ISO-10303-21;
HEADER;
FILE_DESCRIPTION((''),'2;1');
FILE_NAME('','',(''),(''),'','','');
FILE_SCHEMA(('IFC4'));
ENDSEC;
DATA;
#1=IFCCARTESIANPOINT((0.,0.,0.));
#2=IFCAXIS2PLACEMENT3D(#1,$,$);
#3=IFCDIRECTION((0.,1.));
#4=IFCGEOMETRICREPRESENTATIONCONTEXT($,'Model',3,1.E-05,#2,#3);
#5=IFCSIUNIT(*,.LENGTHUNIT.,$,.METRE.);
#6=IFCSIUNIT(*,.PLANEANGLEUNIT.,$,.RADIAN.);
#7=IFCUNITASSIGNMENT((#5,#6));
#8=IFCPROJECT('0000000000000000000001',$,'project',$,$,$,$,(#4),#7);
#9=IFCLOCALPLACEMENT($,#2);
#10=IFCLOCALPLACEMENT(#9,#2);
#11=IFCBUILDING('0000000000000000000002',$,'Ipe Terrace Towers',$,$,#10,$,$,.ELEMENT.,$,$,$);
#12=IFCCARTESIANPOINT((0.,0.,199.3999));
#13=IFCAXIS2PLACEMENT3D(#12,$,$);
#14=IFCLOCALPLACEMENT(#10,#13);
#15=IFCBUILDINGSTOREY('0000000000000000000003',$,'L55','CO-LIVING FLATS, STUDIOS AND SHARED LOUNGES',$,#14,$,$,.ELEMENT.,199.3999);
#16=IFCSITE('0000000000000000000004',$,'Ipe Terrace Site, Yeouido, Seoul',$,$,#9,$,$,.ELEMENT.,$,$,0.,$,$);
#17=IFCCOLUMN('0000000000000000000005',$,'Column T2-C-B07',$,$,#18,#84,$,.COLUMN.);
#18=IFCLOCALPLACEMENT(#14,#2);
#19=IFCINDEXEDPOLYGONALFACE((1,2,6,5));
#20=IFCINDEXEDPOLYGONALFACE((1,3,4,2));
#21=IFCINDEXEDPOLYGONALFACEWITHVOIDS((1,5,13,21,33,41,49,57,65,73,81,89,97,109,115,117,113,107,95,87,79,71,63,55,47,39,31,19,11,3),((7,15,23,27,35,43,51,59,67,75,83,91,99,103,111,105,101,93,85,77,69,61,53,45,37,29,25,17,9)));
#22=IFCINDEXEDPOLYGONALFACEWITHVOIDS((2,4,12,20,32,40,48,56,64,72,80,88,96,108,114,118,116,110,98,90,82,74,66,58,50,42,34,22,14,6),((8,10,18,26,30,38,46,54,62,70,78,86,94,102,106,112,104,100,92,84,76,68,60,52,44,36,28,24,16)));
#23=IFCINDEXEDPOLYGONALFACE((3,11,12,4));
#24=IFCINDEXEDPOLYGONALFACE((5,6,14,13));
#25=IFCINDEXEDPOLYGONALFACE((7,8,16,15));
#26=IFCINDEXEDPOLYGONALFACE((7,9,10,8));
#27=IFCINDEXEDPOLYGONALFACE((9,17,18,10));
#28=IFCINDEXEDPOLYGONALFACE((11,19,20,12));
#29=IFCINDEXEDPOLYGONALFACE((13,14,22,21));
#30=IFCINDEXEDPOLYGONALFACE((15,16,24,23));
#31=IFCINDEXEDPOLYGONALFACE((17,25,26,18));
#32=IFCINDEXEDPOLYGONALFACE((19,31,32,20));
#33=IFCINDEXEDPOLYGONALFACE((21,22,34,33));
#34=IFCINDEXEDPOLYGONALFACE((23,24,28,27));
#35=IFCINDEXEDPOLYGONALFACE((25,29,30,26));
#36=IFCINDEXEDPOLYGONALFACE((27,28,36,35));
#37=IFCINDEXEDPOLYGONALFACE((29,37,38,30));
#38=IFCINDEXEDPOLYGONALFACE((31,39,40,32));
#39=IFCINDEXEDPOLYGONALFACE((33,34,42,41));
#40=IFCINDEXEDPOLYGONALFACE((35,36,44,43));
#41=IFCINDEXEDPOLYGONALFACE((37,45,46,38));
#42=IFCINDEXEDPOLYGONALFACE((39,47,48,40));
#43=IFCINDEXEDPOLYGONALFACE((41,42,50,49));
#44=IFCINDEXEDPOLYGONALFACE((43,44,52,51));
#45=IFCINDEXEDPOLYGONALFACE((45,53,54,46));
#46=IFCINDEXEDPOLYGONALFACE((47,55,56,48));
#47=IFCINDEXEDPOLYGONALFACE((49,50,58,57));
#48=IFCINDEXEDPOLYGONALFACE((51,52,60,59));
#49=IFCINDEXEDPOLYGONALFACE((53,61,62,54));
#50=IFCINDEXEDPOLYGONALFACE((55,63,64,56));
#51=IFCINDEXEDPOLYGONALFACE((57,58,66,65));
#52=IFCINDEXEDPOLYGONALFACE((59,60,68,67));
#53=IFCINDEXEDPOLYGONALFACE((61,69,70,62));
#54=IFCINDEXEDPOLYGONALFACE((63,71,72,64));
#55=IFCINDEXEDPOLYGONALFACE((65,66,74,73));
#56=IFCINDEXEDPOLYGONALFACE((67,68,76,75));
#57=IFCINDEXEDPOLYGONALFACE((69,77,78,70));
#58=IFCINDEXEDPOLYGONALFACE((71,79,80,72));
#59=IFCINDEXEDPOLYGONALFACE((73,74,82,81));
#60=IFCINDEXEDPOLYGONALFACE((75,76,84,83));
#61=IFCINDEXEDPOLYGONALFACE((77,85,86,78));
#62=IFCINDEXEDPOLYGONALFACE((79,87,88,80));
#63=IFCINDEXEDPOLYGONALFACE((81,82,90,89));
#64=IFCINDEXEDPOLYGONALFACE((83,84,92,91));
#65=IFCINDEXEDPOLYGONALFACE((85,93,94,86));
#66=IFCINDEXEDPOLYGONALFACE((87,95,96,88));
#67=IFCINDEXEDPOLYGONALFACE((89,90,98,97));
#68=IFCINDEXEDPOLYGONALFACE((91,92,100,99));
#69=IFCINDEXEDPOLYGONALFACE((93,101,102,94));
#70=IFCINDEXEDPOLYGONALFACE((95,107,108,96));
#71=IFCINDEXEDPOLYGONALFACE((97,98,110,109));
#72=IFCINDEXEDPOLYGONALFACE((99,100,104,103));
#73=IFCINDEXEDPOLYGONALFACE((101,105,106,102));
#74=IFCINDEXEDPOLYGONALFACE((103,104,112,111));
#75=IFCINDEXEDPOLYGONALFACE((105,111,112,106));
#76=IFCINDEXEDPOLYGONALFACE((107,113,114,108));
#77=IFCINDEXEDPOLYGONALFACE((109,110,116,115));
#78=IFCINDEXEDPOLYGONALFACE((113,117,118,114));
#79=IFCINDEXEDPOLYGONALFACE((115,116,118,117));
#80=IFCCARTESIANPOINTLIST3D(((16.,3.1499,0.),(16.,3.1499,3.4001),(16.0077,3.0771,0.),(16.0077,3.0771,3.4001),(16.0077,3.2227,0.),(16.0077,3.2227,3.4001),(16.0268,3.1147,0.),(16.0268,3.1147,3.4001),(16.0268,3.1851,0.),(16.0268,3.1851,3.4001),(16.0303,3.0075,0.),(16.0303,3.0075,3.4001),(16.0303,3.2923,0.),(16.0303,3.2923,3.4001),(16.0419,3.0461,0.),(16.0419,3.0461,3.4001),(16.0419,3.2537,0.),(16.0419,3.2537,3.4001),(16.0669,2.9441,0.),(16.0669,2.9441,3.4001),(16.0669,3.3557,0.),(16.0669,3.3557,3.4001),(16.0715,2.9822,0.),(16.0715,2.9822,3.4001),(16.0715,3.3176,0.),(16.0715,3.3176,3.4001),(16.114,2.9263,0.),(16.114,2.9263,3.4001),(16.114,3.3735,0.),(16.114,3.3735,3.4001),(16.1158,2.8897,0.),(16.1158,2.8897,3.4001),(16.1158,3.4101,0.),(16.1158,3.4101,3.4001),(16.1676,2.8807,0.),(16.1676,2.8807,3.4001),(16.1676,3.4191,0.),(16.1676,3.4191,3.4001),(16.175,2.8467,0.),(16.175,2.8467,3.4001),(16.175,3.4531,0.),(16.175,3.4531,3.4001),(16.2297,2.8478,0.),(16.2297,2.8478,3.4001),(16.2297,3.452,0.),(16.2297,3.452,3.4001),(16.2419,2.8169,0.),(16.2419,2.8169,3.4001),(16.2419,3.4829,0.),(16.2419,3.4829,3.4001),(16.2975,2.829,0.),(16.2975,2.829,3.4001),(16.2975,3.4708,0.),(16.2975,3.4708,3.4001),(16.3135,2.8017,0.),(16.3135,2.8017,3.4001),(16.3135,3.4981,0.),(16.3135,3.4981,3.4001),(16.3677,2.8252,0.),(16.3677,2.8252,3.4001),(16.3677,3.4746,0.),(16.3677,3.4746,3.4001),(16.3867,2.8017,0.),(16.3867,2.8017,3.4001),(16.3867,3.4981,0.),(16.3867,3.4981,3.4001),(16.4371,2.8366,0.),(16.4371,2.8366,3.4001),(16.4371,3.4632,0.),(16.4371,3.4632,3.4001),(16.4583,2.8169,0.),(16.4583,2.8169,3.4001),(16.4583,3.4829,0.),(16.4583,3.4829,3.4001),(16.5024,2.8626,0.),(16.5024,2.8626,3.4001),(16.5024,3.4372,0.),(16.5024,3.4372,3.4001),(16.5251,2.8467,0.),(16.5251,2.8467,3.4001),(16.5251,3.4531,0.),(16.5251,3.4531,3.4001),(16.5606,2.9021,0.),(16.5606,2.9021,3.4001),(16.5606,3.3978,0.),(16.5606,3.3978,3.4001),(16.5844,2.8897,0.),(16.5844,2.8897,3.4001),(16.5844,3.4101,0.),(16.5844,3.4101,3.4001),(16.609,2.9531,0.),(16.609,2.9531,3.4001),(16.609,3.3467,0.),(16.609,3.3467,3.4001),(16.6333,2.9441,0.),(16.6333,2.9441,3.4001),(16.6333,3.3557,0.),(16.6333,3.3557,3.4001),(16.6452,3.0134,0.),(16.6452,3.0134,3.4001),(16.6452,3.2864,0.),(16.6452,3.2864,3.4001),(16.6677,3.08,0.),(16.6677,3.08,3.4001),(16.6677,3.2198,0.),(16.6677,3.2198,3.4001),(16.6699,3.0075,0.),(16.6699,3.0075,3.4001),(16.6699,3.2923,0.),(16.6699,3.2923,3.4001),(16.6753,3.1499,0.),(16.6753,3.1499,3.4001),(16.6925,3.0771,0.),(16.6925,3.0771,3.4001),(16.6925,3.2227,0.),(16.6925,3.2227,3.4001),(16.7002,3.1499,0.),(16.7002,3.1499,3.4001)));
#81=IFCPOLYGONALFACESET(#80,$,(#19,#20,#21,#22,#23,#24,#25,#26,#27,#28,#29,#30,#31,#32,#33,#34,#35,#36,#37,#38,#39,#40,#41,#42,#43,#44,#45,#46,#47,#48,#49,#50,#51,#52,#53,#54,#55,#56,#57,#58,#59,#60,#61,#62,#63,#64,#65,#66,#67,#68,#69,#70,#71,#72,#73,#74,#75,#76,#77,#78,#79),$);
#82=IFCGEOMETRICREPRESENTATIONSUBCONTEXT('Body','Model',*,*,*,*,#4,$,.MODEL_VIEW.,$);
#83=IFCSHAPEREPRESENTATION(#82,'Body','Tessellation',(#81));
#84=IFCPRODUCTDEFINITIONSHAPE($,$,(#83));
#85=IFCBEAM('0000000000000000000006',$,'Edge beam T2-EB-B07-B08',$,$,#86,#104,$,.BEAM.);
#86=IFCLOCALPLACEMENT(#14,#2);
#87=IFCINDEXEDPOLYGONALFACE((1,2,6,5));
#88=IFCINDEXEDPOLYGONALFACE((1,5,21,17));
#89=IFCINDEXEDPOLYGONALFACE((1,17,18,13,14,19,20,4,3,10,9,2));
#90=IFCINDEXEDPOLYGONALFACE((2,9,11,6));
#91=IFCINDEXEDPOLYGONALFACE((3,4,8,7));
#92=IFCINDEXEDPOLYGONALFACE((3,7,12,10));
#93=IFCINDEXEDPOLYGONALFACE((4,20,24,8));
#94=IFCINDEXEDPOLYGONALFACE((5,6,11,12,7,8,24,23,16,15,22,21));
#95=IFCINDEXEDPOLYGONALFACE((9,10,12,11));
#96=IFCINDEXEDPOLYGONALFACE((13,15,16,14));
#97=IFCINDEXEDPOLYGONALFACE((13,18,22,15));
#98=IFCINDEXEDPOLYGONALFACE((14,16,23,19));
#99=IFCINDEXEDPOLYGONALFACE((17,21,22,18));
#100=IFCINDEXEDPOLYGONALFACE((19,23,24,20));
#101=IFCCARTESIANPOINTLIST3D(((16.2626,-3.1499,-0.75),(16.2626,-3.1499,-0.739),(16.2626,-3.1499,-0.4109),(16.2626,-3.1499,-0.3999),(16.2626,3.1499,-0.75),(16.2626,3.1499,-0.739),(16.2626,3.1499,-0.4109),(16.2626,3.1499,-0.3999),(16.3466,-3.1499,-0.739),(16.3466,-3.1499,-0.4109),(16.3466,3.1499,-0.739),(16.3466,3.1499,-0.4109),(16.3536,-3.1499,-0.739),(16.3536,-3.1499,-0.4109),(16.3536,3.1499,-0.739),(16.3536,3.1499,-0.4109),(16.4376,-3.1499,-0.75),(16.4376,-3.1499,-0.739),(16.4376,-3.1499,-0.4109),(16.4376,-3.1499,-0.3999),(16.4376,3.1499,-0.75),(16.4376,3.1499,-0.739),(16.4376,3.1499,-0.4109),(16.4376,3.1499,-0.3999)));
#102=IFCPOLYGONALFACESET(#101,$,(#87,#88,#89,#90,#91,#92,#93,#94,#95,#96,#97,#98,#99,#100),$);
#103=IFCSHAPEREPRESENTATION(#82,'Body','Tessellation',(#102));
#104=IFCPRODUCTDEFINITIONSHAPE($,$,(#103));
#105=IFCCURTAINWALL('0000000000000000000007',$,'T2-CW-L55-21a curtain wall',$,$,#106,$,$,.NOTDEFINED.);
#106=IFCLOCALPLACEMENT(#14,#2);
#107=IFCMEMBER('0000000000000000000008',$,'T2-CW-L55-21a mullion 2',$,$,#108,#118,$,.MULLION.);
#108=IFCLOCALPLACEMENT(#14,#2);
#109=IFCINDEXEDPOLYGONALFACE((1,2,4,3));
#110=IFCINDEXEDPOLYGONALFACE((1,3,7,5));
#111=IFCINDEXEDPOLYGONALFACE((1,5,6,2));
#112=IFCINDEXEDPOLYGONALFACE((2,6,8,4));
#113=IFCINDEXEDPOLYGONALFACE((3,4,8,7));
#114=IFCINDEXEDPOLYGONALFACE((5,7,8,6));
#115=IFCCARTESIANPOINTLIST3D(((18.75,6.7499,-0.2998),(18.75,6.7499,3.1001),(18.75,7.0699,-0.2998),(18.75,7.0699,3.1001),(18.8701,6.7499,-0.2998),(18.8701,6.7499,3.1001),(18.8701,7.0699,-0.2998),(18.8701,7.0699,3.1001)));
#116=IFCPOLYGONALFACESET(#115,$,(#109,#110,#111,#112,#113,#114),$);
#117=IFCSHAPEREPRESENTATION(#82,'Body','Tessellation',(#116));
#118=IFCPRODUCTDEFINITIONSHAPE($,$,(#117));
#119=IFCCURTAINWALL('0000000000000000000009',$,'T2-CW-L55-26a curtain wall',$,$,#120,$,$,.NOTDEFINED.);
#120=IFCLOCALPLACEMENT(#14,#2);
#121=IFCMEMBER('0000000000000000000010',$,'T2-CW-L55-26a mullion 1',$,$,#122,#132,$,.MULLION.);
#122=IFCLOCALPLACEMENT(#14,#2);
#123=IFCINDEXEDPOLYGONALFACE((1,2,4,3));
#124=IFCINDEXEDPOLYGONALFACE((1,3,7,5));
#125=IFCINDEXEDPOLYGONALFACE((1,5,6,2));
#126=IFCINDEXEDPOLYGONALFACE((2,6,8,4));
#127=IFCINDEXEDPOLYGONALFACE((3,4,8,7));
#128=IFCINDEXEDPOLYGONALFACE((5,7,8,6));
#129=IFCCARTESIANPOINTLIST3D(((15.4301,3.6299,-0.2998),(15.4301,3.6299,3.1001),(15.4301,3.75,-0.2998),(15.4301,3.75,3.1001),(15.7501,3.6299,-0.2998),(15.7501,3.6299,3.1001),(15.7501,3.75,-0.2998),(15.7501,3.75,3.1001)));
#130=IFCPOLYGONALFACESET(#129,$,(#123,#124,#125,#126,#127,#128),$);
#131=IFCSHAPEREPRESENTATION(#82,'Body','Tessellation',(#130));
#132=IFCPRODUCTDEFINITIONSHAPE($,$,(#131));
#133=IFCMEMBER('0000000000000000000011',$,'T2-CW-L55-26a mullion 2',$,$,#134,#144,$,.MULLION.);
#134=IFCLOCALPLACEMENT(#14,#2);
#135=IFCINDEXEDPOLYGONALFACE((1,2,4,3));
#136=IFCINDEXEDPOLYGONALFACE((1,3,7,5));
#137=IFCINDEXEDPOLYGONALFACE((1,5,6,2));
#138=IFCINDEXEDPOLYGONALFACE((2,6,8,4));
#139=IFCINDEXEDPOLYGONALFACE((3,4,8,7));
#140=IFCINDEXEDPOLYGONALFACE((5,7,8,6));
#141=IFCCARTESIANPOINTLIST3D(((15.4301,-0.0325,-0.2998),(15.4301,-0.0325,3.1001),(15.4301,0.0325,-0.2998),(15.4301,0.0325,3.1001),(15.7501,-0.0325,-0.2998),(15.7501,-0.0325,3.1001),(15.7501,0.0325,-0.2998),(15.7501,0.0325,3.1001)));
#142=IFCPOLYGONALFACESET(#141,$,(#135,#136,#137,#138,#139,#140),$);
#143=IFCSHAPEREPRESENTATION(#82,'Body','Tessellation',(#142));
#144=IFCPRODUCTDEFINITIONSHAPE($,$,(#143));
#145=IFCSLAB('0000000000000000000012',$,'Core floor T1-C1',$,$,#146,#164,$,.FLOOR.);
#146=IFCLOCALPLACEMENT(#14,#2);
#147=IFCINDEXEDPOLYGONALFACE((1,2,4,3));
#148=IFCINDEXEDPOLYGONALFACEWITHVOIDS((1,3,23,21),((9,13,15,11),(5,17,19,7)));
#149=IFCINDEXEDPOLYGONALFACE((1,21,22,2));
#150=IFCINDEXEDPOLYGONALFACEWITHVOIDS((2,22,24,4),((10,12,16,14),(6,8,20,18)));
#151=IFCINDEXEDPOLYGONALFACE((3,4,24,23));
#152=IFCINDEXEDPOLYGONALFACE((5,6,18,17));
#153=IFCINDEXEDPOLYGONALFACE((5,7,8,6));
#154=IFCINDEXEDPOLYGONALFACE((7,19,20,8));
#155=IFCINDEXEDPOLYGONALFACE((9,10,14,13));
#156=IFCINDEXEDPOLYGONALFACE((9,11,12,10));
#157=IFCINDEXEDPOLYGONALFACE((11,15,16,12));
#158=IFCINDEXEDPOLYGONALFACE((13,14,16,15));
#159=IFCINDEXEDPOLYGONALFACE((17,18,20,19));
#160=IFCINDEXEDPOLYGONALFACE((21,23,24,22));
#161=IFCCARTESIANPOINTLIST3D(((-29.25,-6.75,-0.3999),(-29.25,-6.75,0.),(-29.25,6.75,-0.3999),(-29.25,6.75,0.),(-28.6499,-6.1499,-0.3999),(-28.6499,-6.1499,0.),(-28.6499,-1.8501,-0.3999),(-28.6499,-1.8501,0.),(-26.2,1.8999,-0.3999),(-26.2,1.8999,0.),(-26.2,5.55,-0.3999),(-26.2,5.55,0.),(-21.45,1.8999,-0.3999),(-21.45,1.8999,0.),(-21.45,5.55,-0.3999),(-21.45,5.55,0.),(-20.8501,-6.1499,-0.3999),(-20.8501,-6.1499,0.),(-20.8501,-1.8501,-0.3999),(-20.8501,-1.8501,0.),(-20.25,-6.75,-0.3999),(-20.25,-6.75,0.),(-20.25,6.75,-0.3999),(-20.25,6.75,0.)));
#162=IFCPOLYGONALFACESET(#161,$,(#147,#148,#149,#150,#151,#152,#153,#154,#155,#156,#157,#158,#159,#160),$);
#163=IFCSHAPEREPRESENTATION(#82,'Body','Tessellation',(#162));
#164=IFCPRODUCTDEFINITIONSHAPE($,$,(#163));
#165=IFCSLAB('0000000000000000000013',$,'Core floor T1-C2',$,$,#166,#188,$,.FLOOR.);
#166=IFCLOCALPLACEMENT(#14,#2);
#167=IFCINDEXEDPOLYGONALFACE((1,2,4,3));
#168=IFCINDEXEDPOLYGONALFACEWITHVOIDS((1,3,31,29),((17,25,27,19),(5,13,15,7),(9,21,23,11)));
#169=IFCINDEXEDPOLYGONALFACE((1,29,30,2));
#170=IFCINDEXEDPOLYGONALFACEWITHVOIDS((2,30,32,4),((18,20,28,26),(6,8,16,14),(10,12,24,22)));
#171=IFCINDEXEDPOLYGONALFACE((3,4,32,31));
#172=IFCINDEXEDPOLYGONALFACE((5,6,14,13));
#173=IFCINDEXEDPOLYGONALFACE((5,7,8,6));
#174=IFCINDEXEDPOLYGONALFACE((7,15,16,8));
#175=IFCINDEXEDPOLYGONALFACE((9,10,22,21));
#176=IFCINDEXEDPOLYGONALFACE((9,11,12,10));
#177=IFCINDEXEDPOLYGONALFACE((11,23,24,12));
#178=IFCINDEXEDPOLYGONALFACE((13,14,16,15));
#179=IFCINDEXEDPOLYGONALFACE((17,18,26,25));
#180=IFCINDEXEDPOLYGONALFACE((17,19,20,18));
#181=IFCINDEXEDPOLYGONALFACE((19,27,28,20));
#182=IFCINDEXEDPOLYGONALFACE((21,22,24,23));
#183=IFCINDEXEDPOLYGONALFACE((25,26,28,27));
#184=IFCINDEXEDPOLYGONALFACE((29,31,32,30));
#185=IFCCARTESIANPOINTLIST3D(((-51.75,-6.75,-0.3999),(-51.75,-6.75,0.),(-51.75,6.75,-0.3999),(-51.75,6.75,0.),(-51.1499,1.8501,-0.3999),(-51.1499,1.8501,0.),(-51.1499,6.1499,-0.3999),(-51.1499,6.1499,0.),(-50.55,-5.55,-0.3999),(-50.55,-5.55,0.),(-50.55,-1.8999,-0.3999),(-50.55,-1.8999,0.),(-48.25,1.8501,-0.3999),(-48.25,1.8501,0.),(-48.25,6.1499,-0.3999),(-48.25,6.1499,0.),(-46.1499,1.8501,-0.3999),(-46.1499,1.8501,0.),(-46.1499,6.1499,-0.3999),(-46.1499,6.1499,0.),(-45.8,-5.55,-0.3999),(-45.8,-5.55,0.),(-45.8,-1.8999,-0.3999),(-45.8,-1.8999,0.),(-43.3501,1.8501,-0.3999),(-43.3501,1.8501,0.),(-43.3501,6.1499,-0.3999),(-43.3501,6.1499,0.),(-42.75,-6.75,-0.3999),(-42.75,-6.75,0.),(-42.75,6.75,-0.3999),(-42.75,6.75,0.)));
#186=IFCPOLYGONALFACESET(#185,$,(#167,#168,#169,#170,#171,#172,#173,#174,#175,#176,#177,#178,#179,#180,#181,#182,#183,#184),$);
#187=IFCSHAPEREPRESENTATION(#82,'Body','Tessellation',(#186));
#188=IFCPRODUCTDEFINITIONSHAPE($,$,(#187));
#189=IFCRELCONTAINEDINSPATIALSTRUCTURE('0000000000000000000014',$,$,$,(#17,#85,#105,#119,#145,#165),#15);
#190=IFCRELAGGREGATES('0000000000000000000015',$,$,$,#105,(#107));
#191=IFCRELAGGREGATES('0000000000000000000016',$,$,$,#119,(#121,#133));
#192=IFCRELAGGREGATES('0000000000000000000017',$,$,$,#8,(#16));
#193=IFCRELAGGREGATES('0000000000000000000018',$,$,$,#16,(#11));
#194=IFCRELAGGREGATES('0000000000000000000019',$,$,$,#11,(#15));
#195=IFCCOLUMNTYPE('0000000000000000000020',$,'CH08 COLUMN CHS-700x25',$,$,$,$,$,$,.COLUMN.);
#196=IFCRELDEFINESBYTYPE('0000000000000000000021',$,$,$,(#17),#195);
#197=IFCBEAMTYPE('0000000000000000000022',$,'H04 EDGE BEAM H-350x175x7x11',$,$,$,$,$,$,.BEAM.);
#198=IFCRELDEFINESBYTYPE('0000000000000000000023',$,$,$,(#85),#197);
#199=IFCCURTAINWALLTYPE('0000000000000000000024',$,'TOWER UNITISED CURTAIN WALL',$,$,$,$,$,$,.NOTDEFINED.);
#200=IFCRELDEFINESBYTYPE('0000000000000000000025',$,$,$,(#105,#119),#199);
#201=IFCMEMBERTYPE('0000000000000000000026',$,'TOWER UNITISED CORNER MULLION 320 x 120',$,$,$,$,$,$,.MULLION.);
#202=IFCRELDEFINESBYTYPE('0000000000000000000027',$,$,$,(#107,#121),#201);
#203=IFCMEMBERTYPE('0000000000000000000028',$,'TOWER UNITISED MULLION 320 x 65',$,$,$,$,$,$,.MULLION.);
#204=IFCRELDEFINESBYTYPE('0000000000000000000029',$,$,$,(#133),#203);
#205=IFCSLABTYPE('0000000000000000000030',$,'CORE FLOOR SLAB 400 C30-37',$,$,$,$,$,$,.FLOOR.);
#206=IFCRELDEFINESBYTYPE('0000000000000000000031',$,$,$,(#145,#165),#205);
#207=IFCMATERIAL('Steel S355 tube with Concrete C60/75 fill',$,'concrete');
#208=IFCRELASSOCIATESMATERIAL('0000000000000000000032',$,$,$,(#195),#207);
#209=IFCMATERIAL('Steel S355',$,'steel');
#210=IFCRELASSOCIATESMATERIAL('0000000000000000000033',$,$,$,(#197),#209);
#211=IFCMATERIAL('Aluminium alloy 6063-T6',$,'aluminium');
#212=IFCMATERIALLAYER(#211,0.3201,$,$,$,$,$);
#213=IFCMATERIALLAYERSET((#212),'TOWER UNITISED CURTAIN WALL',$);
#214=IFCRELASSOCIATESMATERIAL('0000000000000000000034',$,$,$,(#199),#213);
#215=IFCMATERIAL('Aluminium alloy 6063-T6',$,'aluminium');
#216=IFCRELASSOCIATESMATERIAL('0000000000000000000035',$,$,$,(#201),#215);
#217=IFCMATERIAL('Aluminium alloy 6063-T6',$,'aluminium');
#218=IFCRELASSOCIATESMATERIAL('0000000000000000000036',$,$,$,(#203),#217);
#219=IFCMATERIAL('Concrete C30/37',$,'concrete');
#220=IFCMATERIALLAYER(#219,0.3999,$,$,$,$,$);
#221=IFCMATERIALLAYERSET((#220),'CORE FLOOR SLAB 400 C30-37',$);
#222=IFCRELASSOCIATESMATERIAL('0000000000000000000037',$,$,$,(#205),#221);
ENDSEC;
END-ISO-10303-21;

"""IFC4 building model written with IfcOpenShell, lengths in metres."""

from ifc_helpers import new_model, si_unit, direction, frame, origin, origin_2d, place, context, subcontext, project, spatial, polyline, rectangle, hollow_circle, i_section, outline, extrude, material, layer, layer_set, material_profile, profile_set, type_object, element, aggregate, save


model = new_model("IFC4")

# Units and contexts
model_context = context("Model", 3, precision=1e-05, world=origin(), true_north=direction((0.0, 1.0)))
body_context = subcontext(model_context, "Body", "Model", "MODEL_VIEW")
ifc_project = project(units=[si_unit("LENGTHUNIT", "METRE"), si_unit("PLANEANGLEUNIT", "RADIAN")], contexts=[model_context])

# Site, building, storey
site_placement = place(None, origin())
site = spatial("IfcSite", under=ifc_project, at=site_placement, Name="Ipe Terrace Site, Yeouido, Seoul", CompositionType="ELEMENT", RefElevation=0.0)
building_placement = place(site_placement, origin())
building = spatial("IfcBuilding", under=site, at=building_placement, Name="Ipe Terrace Towers", CompositionType="ELEMENT")
storey_placement = place(building_placement, frame((0.0, 0.0, 199.3999)))
storey = spatial("IfcBuildingStorey", under=building, at=storey_placement, Name="L55", Description="CO-LIVING FLATS, STUDIOS AND SHARED LOUNGES", CompositionType="ELEMENT", Elevation=199.3999)

# Column
ifc_material_1 = material(Name="Steel S355 tube with Concrete C60/75 fill", Category="concrete")
ifc_material_profile_1 = material_profile(ifc_material_1, hollow_circle(Radius=0.3501, WallThickness=0.0249, at=origin_2d()), Name="CHS-700x25")
ifc_profile_set_1 = profile_set([ifc_material_profile_1], Name="Steel S355 tube with Concrete C60/75 fill")
column_type = type_object("IfcColumnType", Name="CH08 COLUMN CHS-700x25", PredefinedType="COLUMN", material=ifc_profile_set_1)
for number, where, z_axis, x_axis, name in (
    (1, (16.3501, 3.1499, 0.0), (0.0, 0.0, 1.0), (1.0, 0.0, 0.0), "Column T2-C-B07"),
):
    element("IfcColumn", number, at=place(storey_placement, frame(where, z_axis=z_axis, x_axis=x_axis)), inside=storey, type_object=column_type, Name=name, PredefinedType="COLUMN", context=body_context, shape_type="SweptSolid", body=[
        extrude(hollow_circle(Radius=0.3501, WallThickness=0.0249, at=origin_2d()), origin(), (0.0, 0.0, 1.0), 3.4001),
    ])

# Beam
ifc_material_2 = material(Name="Steel S355", Category="steel")
ifc_material_profile_2 = material_profile(ifc_material_2, i_section(OverallWidth=0.175, OverallDepth=0.3501, WebThickness=0.0071, FlangeThickness=0.011, at=origin_2d()), Name="H-350x175x7x11")
ifc_profile_set_2 = profile_set([ifc_material_profile_2], Name="Steel S355")
beam_type = type_object("IfcBeamType", Name="H04 EDGE BEAM H-350x175x7x11", PredefinedType="BEAM", material=ifc_profile_set_2)
beam_placement = place(storey_placement, frame((16.3501, 3.1499, -0.575), z_axis=(0.0, -1.0, 0.0), x_axis=(1.0, 0.0, 0.0)))
element("IfcBeam", 2, at=beam_placement, inside=storey, type_object=beam_type, Name="Edge beam T2-EB-B07-B08", PredefinedType="BEAM", context=body_context, shape_type="SweptSolid", body=[
    extrude(i_section(OverallWidth=0.175, OverallDepth=0.3501, WebThickness=0.0071, FlangeThickness=0.011, at=origin_2d()), origin(), (0.0, 0.0, 1.0), 6.2998),
])

# Curtain wall, member
ifc_material_3 = material(Name="Aluminium alloy 6063-T6", Category="aluminium")
ifc_layer_1 = layer(ifc_material_3, 0.3201)
ifc_layer_set_1 = layer_set([ifc_layer_1], Name="TOWER UNITISED CURTAIN WALL")
curtain_wall_type = type_object("IfcCurtainWallType", Name="TOWER UNITISED CURTAIN WALL", PredefinedType="NOTDEFINED", material=ifc_layer_set_1)
curtain_wall_1_placement = place(storey_placement, origin())
curtain_wall_1 = element("IfcCurtainWall", 3, at=curtain_wall_1_placement, inside=storey, type_object=curtain_wall_type, Name="T2-CW-L55-21a curtain wall", PredefinedType="NOTDEFINED")
ifc_material_4 = material(Name="Aluminium alloy 6063-T6", Category="aluminium")
ifc_material_profile_3 = material_profile(ifc_material_4, rectangle(XDim=0.3201, YDim=0.1201, at=origin_2d()), Name="TOWER UNITISED CORNER MULLION 320 x 120")
ifc_profile_set_3 = profile_set([ifc_material_profile_3], Name="Aluminium alloy 6063-T6")
member_type_1 = type_object("IfcMemberType", Name="TOWER UNITISED CORNER MULLION 320 x 120", PredefinedType="MULLION", material=ifc_profile_set_3)
member_1_placement = place(storey_placement, frame((18.8101, 6.9099, -0.2998), z_axis=(0.0, 0.0, 1.0), x_axis=(0.0, 1.0, 0.0)))
member_1 = element("IfcMember", 4, at=member_1_placement, type_object=member_type_1, Name="T2-CW-L55-21a mullion 2", PredefinedType="MULLION", context=body_context, shape_type="SweptSolid", body=[
    extrude(rectangle(XDim=0.3201, YDim=0.1201, at=origin_2d()), origin(), (0.0, 0.0, 1.0), 3.3999),
])
aggregate(curtain_wall_1, [member_1])

# Curtain wall, members
curtain_wall_2_placement = place(storey_placement, origin())
curtain_wall_2 = element("IfcCurtainWall", 5, at=curtain_wall_2_placement, inside=storey, type_object=curtain_wall_type, Name="T2-CW-L55-26a curtain wall", PredefinedType="NOTDEFINED")
member_2_placement = place(storey_placement, frame((15.5901, 3.6899, -0.2998), z_axis=(0.0, 0.0, 1.0), x_axis=(-1.0, 0.0, 0.0)))
member_2 = element("IfcMember", 6, at=member_2_placement, type_object=member_type_1, Name="T2-CW-L55-26a mullion 1", PredefinedType="MULLION", context=body_context, shape_type="SweptSolid", body=[
    extrude(rectangle(XDim=0.3201, YDim=0.1201, at=origin_2d()), origin(), (0.0, 0.0, 1.0), 3.3999),
])
ifc_material_5 = material(Name="Aluminium alloy 6063-T6", Category="aluminium")
ifc_material_profile_4 = material_profile(ifc_material_5, rectangle(XDim=0.3201, YDim=0.0649, at=origin_2d()), Name="TOWER UNITISED MULLION 320 x 65")
ifc_profile_set_4 = profile_set([ifc_material_profile_4], Name="Aluminium alloy 6063-T6")
member_type_2 = type_object("IfcMemberType", Name="TOWER UNITISED MULLION 320 x 65", PredefinedType="MULLION", material=ifc_profile_set_4)
member_3_placement = place(storey_placement, frame((15.5901, 0.0, -0.2998), z_axis=(0.0, 0.0, 1.0), x_axis=(-1.0, 0.0, 0.0)))
member_3 = element("IfcMember", 7, at=member_3_placement, type_object=member_type_2, Name="T2-CW-L55-26a mullion 2", PredefinedType="MULLION", context=body_context, shape_type="SweptSolid", body=[
    extrude(rectangle(XDim=0.3201, YDim=0.0649, at=origin_2d()), origin(), (0.0, 0.0, 1.0), 3.3999),
])

# Slabs
ifc_material_6 = material(Name="Concrete C30/37", Category="concrete")
ifc_layer_2 = layer(ifc_material_6, 0.3999)
ifc_layer_set_2 = layer_set([ifc_layer_2], Name="CORE FLOOR SLAB 400 C30-37")
slab_type_1 = type_object("IfcSlabType", Name="CORE FLOOR SLAB 400 C30-37", PredefinedType="FLOOR", material=ifc_layer_set_2)
slab_1_placement = place(storey_placement, frame((0.0, 0.0, -0.3999)))
element("IfcSlab", 8, at=slab_1_placement, inside=storey, type_object=slab_type_1, Name="Core floor T1-C1", PredefinedType="FLOOR", context=body_context, shape_type="SweptSolid", body=[
    extrude(outline(polyline([(-29.25, -6.75), (-29.25, 6.75), (-20.25, 6.75), (-20.25, -6.75), (-29.25, -6.75)]), holes=[polyline([(-28.6499, -6.1499), (-20.8501, -6.1499), (-20.8501, -1.8501), (-28.6499, -1.8501), (-28.6499, -6.1499)]), polyline([(-26.2, 5.55), (-26.2, 1.8999), (-21.45, 1.8999), (-21.45, 5.55), (-26.2, 5.55)])]), origin(), (0.0, 0.0, 1.0), 0.3999),
])
slab_2_placement = place(storey_placement, frame((0.0, 0.0, -0.3999)))
element("IfcSlab", 9, at=slab_2_placement, inside=storey, type_object=slab_type_1, Name="Core floor T1-C2", PredefinedType="FLOOR", context=body_context, shape_type="SweptSolid", body=[
    extrude(outline(polyline([(-51.75, -6.75), (-51.75, 6.75), (-42.75, 6.75), (-42.75, -6.75), (-51.75, -6.75)]), holes=[polyline([(-45.8, -1.8999), (-50.55, -1.8999), (-50.55, -5.55), (-45.8, -5.55), (-45.8, -1.8999)]), polyline([(-48.25, 1.8501), (-48.25, 6.1499), (-51.1499, 6.1499), (-51.1499, 1.8501), (-48.25, 1.8501)]), polyline([(-43.3501, 1.8501), (-43.3501, 6.1499), (-46.1499, 6.1499), (-46.1499, 1.8501), (-43.3501, 1.8501)])]), origin(), (0.0, 0.0, 1.0), 0.3999),
])

aggregate(curtain_wall_2, [member_2, member_3])

save(model, "model.ifc")
